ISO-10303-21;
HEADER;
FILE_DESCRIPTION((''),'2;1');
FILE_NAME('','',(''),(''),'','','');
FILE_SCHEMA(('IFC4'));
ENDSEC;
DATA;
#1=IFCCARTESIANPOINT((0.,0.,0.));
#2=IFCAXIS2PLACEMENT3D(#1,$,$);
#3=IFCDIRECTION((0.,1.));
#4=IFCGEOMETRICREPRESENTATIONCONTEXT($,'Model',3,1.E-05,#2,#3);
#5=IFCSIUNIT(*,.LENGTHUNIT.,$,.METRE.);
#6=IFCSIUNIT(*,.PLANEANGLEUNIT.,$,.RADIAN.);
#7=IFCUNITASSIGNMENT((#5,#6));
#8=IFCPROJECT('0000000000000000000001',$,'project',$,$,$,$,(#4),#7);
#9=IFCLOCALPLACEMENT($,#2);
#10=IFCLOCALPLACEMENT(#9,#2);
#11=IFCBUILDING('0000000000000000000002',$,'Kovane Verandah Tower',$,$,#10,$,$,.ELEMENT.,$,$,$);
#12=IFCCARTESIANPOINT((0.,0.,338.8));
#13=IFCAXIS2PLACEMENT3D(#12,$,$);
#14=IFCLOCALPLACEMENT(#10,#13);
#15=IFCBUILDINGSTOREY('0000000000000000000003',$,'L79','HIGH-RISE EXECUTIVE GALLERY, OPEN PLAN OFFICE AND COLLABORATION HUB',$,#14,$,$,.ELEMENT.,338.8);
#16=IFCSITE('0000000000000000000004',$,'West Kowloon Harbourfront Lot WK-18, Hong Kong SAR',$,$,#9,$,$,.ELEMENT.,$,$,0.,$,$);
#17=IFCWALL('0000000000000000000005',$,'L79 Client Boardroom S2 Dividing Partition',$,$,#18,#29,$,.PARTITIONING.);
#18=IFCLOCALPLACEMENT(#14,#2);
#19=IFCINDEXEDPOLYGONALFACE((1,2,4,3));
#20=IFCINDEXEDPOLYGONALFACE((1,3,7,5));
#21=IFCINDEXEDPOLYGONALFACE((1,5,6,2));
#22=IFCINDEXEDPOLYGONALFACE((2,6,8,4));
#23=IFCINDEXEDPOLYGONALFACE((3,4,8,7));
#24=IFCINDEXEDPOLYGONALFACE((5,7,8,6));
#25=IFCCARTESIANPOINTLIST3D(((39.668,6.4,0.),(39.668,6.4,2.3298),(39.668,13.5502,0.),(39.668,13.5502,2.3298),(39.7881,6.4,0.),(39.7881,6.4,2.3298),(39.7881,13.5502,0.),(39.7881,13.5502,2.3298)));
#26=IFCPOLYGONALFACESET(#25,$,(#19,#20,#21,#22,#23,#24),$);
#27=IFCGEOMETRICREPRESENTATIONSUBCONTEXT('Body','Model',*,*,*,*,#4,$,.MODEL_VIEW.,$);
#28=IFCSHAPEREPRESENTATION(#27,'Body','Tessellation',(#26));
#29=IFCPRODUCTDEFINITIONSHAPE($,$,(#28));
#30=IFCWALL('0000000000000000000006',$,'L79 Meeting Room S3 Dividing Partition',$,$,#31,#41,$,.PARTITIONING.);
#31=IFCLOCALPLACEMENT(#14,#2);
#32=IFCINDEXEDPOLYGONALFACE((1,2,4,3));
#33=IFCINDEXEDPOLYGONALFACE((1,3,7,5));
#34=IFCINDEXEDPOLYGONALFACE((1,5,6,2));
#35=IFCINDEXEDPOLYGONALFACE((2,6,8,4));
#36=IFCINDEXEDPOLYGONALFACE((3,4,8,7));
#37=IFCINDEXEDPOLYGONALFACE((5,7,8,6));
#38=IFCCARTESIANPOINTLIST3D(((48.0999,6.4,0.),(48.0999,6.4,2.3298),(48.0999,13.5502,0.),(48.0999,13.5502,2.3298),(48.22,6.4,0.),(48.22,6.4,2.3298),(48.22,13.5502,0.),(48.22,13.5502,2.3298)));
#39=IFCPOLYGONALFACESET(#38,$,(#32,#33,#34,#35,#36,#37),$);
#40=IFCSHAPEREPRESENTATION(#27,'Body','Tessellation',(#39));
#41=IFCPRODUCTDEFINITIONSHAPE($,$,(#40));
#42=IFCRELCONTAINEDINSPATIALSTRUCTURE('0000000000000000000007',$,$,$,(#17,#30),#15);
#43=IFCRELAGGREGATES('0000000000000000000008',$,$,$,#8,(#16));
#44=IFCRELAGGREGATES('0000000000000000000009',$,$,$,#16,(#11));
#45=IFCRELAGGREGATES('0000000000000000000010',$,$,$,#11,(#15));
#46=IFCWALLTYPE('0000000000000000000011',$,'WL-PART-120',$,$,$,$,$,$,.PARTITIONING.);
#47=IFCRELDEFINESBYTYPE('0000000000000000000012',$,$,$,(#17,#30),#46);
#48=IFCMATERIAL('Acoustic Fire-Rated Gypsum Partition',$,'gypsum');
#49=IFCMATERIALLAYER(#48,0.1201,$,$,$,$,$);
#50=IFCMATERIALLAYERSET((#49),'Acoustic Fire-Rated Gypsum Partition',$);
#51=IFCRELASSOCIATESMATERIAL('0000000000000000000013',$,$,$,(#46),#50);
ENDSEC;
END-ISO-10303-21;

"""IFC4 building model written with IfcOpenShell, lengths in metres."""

from ifc_helpers import new_model, si_unit, direction, frame, frame_2d, origin, place, context, subcontext, project, spatial, rectangle, extrude, material, layer, layer_set, type_object, element, save


model = new_model("IFC4")

# Units and contexts
model_context = context("Model", 3, precision=1e-05, world=origin(), true_north=direction((0.0, 1.0)))
body_context = subcontext(model_context, "Body", "Model", "MODEL_VIEW")
ifc_project = project(units=[si_unit("LENGTHUNIT", "METRE"), si_unit("PLANEANGLEUNIT", "RADIAN")], contexts=[model_context])

# Site, building, storey
site_placement = place(None, origin())
site = spatial("IfcSite", under=ifc_project, at=site_placement, Name="West Kowloon Harbourfront Lot WK-18, Hong Kong SAR", CompositionType="ELEMENT", RefElevation=0.0)
building_placement = place(site_placement, origin())
building = spatial("IfcBuilding", under=site, at=building_placement, Name="Kovane Verandah Tower", CompositionType="ELEMENT")
storey_placement = place(building_placement, frame((0.0, 0.0, 338.8)))
storey = spatial("IfcBuildingStorey", under=building, at=storey_placement, Name="L79", Description="HIGH-RISE EXECUTIVE GALLERY, OPEN PLAN OFFICE AND COLLABORATION HUB", CompositionType="ELEMENT", Elevation=338.8)

# Walls
ifc_material_1 = material(Name="Acoustic Fire-Rated Gypsum Partition", Category="gypsum")
ifc_layer_1 = layer(ifc_material_1, 0.1201)
ifc_layer_set_1 = layer_set([ifc_layer_1], Name="Acoustic Fire-Rated Gypsum Partition")
wall_type_1 = type_object("IfcWallType", Name="WL-PART-120", PredefinedType="PARTITIONING", material=ifc_layer_set_1)
for number, where, z_axis, x_axis, name in (
    (1, (39.728, 6.3999, 0.0), (0.0, 0.0, 1.0), (0.0, 1.0, 0.0), "L79 Client Boardroom S2 Dividing Partition"),
    (2, (48.1599, 6.3999, 0.0), (0.0, 0.0, 1.0), (0.0, 1.0, 0.0), "L79 Meeting Room S3 Dividing Partition"),
):
    element("IfcWall", number, at=place(storey_placement, frame(where, z_axis=z_axis, x_axis=x_axis)), inside=storey, type_object=wall_type_1, Name=name, PredefinedType="PARTITIONING", context=body_context, shape_type="SweptSolid", body=[
        extrude(rectangle(XDim=7.1501, YDim=0.1201, at=frame_2d((3.5752, 0.0))), origin(), (0.0, 0.0, 1.0), 2.3298),
    ])

save(model, "model.ifc")
